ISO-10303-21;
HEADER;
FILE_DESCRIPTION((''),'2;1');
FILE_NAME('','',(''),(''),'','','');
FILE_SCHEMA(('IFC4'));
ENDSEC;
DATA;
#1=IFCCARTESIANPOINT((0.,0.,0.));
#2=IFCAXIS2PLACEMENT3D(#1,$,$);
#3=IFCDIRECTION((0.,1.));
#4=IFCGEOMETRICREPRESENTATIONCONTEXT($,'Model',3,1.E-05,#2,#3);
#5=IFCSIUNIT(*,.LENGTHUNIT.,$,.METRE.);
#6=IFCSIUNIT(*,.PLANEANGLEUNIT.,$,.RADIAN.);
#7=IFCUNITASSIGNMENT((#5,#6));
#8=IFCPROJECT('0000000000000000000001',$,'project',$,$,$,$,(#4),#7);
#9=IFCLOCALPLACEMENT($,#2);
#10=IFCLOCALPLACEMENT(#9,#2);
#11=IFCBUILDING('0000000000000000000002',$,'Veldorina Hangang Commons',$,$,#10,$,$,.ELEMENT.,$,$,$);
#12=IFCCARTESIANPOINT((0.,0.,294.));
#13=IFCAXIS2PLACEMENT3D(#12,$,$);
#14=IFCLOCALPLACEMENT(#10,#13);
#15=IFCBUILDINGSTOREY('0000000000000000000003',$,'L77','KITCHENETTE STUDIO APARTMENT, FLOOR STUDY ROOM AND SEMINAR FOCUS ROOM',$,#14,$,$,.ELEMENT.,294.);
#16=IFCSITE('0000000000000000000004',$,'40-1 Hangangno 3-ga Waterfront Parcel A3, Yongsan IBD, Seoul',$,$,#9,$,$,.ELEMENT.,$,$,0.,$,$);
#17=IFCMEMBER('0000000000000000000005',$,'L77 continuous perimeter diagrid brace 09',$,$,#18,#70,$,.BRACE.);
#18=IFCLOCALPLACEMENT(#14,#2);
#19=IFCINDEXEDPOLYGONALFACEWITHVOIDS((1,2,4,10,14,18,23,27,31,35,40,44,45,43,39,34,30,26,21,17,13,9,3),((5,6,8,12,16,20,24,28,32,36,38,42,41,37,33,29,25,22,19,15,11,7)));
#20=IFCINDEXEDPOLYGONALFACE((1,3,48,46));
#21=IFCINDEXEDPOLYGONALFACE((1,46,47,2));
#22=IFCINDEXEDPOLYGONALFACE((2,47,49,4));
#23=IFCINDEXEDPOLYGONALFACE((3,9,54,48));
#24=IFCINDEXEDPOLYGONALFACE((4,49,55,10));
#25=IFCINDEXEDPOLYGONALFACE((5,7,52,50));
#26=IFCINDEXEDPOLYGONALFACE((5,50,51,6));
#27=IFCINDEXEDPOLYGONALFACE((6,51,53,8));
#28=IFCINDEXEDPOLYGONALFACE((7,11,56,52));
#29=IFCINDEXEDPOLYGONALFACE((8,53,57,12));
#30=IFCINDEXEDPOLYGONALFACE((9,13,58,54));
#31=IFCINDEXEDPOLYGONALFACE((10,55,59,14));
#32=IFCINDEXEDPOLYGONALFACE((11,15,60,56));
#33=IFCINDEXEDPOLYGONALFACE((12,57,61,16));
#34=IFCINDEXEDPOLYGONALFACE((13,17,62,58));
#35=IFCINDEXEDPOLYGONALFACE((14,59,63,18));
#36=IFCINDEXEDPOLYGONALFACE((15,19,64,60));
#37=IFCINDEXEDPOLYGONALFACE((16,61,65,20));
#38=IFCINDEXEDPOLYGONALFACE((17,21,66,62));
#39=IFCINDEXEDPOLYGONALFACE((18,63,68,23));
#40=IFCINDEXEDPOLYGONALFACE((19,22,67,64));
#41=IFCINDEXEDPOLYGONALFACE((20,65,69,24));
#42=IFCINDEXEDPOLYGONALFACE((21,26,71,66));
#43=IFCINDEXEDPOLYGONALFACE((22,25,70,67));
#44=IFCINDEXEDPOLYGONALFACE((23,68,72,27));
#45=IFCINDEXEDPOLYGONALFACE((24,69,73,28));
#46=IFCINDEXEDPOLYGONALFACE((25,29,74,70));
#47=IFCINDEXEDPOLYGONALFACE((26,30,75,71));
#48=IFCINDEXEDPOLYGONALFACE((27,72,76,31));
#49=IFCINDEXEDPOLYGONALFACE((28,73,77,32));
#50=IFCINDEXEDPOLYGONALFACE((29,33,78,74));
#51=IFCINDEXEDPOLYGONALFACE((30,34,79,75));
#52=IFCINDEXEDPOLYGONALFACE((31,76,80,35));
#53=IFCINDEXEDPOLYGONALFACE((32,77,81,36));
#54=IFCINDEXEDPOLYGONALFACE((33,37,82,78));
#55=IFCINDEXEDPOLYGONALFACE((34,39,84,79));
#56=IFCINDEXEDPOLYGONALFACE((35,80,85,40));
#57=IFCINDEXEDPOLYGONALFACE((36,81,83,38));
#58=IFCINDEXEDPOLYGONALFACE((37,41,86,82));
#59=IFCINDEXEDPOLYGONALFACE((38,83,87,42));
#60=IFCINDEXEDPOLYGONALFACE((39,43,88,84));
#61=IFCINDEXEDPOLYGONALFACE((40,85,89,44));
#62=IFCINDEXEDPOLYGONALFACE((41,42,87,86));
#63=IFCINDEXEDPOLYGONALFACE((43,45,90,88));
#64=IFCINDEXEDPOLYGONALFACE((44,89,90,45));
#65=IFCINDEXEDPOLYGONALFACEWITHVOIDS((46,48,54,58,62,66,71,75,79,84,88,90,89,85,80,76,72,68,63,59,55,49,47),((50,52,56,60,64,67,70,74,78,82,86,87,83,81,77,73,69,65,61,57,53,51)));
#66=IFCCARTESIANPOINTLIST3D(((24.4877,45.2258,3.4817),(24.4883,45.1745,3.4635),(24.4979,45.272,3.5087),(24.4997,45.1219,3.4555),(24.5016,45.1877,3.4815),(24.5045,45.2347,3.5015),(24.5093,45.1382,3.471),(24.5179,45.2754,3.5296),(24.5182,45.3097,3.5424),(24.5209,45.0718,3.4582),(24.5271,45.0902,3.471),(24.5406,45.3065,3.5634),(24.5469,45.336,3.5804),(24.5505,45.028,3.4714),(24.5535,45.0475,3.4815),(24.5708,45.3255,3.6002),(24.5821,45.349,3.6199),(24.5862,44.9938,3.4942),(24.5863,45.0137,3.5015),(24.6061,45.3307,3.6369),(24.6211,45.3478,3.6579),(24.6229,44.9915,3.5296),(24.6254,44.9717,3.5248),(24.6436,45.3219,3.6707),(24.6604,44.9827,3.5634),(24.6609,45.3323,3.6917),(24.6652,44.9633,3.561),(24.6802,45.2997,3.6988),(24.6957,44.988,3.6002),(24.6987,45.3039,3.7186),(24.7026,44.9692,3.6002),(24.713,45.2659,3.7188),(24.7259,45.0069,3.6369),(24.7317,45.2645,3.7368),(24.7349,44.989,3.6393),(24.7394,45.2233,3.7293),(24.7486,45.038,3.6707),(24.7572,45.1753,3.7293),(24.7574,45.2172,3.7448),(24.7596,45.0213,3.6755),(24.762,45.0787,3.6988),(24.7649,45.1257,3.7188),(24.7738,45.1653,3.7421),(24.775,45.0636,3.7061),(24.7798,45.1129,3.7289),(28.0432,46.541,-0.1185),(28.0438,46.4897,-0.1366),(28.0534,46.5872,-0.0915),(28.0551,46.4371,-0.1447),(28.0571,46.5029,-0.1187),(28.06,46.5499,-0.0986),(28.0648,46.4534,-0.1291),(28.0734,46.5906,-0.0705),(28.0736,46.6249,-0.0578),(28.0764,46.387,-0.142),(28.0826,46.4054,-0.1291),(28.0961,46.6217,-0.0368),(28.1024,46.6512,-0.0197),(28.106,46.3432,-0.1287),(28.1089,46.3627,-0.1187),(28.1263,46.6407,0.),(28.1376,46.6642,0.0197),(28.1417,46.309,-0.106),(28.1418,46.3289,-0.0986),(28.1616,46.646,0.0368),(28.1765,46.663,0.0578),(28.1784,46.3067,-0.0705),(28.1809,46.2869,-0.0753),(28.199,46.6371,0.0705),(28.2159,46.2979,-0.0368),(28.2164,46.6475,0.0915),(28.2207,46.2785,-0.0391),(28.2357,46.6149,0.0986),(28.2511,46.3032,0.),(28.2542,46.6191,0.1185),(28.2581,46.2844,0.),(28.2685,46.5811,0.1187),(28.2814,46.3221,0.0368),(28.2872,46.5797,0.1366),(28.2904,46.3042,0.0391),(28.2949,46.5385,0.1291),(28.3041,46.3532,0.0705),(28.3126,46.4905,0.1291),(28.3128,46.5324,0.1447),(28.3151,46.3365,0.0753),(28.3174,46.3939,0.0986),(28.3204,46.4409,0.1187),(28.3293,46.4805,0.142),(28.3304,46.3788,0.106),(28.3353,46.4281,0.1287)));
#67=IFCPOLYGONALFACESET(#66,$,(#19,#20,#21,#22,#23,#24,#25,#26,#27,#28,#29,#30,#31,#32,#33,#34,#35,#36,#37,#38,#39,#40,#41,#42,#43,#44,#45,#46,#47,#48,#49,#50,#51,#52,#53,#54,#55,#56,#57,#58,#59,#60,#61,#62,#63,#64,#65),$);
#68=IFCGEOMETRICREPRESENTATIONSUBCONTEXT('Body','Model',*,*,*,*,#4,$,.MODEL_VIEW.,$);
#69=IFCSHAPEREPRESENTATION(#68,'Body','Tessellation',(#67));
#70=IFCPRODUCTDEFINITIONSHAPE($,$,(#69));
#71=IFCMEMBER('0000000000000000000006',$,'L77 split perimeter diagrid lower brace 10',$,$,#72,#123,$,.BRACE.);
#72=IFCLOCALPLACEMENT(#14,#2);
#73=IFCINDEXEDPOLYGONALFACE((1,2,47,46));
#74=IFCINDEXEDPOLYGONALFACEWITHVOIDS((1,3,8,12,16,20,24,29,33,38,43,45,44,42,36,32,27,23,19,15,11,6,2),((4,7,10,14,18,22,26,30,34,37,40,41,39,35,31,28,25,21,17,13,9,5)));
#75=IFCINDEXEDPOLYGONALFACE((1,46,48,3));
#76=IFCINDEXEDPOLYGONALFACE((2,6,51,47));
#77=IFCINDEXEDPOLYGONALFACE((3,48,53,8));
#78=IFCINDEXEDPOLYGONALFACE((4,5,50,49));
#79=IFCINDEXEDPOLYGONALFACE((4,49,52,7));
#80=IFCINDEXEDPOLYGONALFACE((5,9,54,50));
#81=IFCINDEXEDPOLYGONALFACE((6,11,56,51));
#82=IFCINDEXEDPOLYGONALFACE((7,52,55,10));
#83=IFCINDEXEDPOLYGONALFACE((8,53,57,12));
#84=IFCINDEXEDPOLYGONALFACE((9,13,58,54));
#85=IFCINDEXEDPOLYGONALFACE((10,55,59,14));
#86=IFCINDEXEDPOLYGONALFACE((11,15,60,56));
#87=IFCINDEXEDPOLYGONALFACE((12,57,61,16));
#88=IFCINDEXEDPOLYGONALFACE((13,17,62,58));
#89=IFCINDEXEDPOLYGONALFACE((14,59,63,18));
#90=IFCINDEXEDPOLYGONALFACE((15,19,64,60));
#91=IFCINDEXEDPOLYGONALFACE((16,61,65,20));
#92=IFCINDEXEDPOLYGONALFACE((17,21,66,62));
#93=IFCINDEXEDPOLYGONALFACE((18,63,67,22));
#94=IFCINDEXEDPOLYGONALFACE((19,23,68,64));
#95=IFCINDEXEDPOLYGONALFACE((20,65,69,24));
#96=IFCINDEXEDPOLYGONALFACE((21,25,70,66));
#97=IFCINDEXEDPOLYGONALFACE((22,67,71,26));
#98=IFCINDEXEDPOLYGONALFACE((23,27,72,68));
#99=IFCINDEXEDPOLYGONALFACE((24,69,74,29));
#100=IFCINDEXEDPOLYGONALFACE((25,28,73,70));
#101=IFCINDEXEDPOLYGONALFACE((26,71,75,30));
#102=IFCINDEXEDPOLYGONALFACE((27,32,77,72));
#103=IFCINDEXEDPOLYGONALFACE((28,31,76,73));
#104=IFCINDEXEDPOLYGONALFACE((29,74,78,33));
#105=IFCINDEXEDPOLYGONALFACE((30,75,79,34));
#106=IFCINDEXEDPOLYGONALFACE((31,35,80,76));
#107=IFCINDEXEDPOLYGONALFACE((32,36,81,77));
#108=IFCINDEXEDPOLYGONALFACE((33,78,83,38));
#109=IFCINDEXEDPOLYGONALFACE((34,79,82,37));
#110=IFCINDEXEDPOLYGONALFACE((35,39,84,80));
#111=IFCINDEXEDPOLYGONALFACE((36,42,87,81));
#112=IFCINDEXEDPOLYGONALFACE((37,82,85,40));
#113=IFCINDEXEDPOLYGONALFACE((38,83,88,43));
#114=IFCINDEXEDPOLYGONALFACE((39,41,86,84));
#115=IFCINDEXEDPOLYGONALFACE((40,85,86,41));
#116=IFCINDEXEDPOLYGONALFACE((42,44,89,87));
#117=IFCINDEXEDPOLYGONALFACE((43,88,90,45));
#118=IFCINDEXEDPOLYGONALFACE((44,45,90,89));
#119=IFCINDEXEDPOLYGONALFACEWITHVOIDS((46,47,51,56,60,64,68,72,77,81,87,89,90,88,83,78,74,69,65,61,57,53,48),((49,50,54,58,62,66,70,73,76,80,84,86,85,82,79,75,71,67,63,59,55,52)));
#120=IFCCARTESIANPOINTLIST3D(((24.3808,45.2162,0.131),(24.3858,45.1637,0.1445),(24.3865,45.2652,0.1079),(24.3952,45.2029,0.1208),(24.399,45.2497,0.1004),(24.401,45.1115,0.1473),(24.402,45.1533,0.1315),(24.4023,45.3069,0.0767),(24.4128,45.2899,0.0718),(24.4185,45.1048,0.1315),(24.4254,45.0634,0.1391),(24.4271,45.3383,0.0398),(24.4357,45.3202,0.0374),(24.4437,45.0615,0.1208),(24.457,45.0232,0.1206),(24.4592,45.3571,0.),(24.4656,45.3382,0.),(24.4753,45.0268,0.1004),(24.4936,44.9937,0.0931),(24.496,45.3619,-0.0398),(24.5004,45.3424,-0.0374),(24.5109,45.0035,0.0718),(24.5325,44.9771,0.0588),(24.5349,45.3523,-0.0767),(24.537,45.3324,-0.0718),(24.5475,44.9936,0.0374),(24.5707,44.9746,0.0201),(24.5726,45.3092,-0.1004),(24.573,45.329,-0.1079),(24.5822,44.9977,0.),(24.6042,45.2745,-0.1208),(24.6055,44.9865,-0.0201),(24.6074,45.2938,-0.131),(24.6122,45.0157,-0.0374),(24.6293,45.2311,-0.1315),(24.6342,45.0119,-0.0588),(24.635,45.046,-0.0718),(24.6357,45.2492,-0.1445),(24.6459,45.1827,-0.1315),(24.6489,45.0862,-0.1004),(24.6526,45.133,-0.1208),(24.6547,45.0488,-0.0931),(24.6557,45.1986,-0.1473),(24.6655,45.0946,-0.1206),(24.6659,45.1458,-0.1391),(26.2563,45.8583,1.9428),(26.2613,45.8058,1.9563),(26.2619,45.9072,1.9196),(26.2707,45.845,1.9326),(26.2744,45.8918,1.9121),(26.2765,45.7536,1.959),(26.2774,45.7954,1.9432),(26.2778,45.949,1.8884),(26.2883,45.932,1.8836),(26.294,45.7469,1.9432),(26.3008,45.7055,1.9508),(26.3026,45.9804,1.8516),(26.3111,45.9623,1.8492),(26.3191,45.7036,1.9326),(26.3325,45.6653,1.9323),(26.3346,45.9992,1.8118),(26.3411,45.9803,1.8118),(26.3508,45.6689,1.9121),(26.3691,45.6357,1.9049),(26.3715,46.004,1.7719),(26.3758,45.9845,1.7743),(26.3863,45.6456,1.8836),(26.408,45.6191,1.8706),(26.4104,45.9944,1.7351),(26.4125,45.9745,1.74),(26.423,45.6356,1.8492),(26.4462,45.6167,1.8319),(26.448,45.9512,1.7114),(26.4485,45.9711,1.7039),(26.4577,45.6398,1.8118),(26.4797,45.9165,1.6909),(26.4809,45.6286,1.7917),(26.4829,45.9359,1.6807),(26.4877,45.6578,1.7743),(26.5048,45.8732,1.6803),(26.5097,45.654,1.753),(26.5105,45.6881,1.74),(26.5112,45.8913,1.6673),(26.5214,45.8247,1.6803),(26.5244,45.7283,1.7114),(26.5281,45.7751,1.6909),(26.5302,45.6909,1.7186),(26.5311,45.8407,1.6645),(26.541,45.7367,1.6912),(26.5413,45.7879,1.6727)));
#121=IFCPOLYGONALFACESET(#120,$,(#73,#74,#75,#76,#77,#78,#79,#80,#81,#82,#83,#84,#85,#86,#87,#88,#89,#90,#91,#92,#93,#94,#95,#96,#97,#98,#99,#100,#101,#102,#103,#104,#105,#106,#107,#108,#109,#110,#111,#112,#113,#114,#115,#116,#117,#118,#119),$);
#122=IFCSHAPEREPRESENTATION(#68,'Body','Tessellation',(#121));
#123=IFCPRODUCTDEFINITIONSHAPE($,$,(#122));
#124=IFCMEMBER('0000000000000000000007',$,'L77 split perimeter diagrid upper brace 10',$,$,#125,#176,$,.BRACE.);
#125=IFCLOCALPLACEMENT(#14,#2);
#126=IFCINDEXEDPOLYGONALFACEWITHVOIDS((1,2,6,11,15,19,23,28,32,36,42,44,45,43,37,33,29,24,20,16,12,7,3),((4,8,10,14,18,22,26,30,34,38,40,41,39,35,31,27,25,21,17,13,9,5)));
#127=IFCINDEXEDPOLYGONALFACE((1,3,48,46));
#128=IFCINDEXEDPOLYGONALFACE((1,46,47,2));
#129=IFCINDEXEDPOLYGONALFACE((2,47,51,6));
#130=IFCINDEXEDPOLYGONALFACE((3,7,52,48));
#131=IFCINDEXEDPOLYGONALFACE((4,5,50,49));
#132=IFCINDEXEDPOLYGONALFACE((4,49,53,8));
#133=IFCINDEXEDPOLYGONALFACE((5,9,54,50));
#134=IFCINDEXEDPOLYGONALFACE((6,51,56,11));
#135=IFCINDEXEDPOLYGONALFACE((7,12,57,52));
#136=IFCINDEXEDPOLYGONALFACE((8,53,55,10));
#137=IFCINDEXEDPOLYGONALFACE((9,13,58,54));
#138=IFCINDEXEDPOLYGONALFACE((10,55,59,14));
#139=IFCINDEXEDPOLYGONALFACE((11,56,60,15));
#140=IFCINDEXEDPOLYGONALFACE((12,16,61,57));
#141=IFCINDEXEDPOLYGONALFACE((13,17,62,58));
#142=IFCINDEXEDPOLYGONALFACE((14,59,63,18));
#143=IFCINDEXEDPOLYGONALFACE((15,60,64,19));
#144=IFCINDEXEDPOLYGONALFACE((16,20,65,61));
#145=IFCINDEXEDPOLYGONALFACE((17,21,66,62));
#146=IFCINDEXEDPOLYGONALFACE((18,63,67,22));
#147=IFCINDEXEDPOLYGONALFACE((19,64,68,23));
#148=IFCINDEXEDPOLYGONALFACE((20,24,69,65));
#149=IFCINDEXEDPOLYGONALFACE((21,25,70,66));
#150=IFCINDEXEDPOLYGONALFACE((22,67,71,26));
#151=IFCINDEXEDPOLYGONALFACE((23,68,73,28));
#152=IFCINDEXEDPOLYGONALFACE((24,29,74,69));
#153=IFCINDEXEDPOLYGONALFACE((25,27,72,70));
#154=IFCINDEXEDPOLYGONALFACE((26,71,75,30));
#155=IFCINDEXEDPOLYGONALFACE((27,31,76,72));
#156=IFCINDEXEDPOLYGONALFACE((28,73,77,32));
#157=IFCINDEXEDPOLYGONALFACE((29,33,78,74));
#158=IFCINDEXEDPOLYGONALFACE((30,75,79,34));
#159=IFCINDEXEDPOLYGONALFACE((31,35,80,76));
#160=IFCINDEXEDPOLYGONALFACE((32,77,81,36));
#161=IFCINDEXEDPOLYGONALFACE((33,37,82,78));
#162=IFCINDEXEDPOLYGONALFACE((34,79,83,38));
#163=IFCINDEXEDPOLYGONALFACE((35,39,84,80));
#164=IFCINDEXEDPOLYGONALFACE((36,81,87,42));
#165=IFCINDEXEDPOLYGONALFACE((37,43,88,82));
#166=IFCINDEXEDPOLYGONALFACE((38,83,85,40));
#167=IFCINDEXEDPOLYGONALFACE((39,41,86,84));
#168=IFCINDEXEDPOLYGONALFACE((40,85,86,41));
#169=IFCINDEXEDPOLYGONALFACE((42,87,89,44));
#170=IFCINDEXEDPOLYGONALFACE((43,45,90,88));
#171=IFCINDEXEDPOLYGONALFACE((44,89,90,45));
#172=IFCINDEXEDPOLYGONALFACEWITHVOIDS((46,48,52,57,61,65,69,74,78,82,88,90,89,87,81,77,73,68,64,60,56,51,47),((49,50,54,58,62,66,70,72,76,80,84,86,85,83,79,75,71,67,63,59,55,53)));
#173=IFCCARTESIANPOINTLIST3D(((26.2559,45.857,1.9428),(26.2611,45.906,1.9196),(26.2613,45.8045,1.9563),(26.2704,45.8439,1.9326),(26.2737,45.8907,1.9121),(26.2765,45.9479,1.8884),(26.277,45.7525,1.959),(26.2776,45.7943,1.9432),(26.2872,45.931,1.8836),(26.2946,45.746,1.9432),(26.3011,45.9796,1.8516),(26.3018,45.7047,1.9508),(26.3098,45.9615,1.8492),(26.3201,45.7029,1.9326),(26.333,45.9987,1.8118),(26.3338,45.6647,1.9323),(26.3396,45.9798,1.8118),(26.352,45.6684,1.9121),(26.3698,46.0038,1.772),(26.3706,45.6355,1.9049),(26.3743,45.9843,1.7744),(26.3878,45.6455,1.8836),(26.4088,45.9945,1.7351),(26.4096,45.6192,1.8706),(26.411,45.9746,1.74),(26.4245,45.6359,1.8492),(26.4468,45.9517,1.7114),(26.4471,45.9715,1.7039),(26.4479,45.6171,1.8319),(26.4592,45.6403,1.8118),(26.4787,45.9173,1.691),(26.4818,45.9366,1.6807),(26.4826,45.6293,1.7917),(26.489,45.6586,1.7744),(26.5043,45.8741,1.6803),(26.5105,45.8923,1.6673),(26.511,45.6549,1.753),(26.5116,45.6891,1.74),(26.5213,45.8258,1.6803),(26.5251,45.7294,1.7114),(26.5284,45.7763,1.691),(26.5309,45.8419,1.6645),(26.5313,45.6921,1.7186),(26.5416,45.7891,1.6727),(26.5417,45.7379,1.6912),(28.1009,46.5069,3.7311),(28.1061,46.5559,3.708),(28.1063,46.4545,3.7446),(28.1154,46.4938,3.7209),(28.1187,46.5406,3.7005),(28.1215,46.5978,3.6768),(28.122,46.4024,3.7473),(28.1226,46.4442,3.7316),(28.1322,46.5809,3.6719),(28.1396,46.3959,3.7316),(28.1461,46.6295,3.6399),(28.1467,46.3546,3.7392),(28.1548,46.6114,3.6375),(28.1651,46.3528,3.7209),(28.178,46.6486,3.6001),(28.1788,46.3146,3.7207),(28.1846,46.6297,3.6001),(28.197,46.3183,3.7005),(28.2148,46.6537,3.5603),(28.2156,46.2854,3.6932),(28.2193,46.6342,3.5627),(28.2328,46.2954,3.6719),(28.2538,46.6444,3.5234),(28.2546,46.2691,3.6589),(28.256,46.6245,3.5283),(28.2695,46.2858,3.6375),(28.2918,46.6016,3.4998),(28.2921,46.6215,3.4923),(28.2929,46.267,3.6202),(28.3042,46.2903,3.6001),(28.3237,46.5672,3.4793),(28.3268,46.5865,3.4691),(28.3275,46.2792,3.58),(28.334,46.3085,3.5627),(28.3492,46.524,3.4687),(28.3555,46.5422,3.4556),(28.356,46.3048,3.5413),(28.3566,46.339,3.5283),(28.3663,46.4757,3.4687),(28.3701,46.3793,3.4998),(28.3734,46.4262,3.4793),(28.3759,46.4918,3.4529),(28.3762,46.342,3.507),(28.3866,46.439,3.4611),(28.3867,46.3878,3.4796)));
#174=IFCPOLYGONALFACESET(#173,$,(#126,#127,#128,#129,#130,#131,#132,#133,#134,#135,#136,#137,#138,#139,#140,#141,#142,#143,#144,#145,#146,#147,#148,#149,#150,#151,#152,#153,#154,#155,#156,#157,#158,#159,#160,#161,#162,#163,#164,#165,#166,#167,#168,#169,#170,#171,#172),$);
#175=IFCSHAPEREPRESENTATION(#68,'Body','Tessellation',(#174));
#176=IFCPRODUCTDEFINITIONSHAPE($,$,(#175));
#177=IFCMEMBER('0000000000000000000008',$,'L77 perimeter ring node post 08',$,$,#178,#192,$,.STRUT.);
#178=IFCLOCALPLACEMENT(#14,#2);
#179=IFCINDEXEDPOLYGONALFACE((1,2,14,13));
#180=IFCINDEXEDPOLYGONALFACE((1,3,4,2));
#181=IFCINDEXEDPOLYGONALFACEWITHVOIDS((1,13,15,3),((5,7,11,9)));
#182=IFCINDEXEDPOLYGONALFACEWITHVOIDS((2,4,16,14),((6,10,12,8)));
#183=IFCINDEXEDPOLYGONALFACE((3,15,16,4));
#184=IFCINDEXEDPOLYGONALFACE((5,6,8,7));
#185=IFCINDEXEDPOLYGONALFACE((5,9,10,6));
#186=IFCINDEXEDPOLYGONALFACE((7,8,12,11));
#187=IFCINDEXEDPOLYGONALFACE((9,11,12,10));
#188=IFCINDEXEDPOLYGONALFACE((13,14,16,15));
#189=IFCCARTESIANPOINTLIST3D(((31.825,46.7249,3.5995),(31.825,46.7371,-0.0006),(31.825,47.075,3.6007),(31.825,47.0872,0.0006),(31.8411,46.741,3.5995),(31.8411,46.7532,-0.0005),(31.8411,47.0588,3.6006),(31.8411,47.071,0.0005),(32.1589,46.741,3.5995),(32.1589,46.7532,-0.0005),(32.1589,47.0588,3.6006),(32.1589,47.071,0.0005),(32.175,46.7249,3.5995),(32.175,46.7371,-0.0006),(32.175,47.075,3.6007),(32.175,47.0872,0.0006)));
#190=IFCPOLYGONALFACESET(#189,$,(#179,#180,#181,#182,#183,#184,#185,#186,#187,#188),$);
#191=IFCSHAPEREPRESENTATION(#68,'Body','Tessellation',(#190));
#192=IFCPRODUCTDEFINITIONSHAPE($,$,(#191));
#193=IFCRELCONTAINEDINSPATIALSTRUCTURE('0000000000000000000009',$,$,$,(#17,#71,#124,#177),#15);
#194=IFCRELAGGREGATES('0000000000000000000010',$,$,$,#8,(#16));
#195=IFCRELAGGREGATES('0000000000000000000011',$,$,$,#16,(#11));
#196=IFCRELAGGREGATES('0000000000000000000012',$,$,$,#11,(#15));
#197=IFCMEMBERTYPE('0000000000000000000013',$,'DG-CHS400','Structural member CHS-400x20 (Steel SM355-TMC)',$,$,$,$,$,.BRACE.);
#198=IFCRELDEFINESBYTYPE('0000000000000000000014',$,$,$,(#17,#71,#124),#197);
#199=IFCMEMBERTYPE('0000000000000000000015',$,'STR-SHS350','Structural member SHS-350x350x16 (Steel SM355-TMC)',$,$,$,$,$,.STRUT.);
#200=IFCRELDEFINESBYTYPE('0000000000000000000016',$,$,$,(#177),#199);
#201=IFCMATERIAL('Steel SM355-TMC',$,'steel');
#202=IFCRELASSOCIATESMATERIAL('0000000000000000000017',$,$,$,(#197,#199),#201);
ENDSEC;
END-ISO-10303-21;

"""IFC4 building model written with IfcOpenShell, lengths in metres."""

from ifc_helpers import new_model, si_unit, direction, frame, origin, origin_2d, place, context, subcontext, project, spatial, hollow_rectangle, hollow_circle, extrude, material, material_profile, profile_set, type_object, element, save


model = new_model("IFC4")

# Units and contexts
model_context = context("Model", 3, precision=1e-05, world=origin(), true_north=direction((0.0, 1.0)))
body_context = subcontext(model_context, "Body", "Model", "MODEL_VIEW")
ifc_project = project(units=[si_unit("LENGTHUNIT", "METRE"), si_unit("PLANEANGLEUNIT", "RADIAN")], contexts=[model_context])

# Site, building, storey
site_placement = place(None, origin())
site = spatial("IfcSite", under=ifc_project, at=site_placement, Name="40-1 Hangangno 3-ga Waterfront Parcel A3, Yongsan IBD, Seoul", CompositionType="ELEMENT", RefElevation=0.0)
building_placement = place(site_placement, origin())
building = spatial("IfcBuilding", under=site, at=building_placement, Name="Veldorina Hangang Commons", CompositionType="ELEMENT")
storey_placement = place(building_placement, frame((0.0, 0.0, 294.0)))
storey = spatial("IfcBuildingStorey", under=building, at=storey_placement, Name="L77", Description="KITCHENETTE STUDIO APARTMENT, FLOOR STUDY ROOM AND SEMINAR FOCUS ROOM", CompositionType="ELEMENT", Elevation=294.0)

# Shared definitions
ifc_material_1 = material(Name="Steel SM355-TMC", Category="steel")

# Members
ifc_material_profile_1 = material_profile(ifc_material_1, hollow_circle(Radius=0.2, WallThickness=0.02, at=origin_2d()), Name="CHS-400x20")
ifc_profile_set_1 = profile_set([ifc_material_profile_1], Name="Steel SM355-TMC")
member_type_1 = type_object("IfcMemberType", Name="DG-CHS400", Description="Structural member CHS-400x20 (Steel SM355-TMC)", PredefinedType="BRACE", material=ifc_profile_set_1)
member_1_placement = place(storey_placement, frame((28.1887, 46.4719, 0.0), z_axis=(-0.68008, -0.251568, 0.688626), x_axis=(0.346935, -0.937889, 0.0)))
element("IfcMember", 1, at=member_1_placement, inside=storey, type_object=member_type_1, Name="L77 continuous perimeter diagrid brace 09", PredefinedType="BRACE", context=body_context, shape_type="SweptSolid", body=[
    extrude(hollow_circle(Radius=0.2, WallThickness=0.02, at=origin_2d()), origin(), (0.0, 0.0, 1.0), 5.228),
])
member_2_placement = place(storey_placement, frame((24.5239, 45.168, 0.0), z_axis=(0.69836, 0.23909, 0.674633), x_axis=(-0.323902, 0.946091, 0.0)))
element("IfcMember", 2, at=member_2_placement, inside=storey, type_object=member_type_1, Name="L77 split perimeter diagrid lower brace 10", PredefinedType="BRACE", context=body_context, shape_type="SweptSolid", body=[
    extrude(hollow_circle(Radius=0.2, WallThickness=0.02, at=origin_2d()), origin(), (0.0, 0.0, 1.0), 2.6855),
])
member_3_placement = place(storey_placement, frame((26.3994, 45.8101, 1.8118), z_axis=(0.69612, 0.245213, 0.67475), x_axis=(-0.332246, 0.943193, 0.0)))
element("IfcMember", 3, at=member_3_placement, inside=storey, type_object=member_type_1, Name="L77 split perimeter diagrid upper brace 10", PredefinedType="BRACE", context=body_context, shape_type="SweptSolid", body=[
    extrude(hollow_circle(Radius=0.2, WallThickness=0.02, at=origin_2d()), origin(), (0.0, 0.0, 1.0), 2.6504),
])
ifc_material_profile_2 = material_profile(ifc_material_1, hollow_rectangle(XDim=0.3501, YDim=0.3501, WallThickness=0.0161, at=origin_2d()), Name="SHS-350x350x16")
ifc_profile_set_2 = profile_set([ifc_material_profile_2], Name="Steel SM355-TMC")
member_type_2 = type_object("IfcMemberType", Name="STR-SHS350", Description="Structural member SHS-350x350x16 (Steel SM355-TMC)", PredefinedType="STRUT", material=ifc_profile_set_2)
member_4_placement = place(storey_placement, frame((32.0, 46.9121, 0.0), z_axis=(0.0, -0.003391, 0.999994), x_axis=(1.0, 0.0, 0.0)))
element("IfcMember", 4, at=member_4_placement, inside=storey, type_object=member_type_2, Name="L77 perimeter ring node post 08", PredefinedType="STRUT", context=body_context, shape_type="SweptSolid", body=[
    extrude(hollow_rectangle(XDim=0.3501, YDim=0.3501, WallThickness=0.0161, at=origin_2d()), origin(), (0.0, 0.0, 1.0), 3.6001),
])

save(model, "model.ifc")
